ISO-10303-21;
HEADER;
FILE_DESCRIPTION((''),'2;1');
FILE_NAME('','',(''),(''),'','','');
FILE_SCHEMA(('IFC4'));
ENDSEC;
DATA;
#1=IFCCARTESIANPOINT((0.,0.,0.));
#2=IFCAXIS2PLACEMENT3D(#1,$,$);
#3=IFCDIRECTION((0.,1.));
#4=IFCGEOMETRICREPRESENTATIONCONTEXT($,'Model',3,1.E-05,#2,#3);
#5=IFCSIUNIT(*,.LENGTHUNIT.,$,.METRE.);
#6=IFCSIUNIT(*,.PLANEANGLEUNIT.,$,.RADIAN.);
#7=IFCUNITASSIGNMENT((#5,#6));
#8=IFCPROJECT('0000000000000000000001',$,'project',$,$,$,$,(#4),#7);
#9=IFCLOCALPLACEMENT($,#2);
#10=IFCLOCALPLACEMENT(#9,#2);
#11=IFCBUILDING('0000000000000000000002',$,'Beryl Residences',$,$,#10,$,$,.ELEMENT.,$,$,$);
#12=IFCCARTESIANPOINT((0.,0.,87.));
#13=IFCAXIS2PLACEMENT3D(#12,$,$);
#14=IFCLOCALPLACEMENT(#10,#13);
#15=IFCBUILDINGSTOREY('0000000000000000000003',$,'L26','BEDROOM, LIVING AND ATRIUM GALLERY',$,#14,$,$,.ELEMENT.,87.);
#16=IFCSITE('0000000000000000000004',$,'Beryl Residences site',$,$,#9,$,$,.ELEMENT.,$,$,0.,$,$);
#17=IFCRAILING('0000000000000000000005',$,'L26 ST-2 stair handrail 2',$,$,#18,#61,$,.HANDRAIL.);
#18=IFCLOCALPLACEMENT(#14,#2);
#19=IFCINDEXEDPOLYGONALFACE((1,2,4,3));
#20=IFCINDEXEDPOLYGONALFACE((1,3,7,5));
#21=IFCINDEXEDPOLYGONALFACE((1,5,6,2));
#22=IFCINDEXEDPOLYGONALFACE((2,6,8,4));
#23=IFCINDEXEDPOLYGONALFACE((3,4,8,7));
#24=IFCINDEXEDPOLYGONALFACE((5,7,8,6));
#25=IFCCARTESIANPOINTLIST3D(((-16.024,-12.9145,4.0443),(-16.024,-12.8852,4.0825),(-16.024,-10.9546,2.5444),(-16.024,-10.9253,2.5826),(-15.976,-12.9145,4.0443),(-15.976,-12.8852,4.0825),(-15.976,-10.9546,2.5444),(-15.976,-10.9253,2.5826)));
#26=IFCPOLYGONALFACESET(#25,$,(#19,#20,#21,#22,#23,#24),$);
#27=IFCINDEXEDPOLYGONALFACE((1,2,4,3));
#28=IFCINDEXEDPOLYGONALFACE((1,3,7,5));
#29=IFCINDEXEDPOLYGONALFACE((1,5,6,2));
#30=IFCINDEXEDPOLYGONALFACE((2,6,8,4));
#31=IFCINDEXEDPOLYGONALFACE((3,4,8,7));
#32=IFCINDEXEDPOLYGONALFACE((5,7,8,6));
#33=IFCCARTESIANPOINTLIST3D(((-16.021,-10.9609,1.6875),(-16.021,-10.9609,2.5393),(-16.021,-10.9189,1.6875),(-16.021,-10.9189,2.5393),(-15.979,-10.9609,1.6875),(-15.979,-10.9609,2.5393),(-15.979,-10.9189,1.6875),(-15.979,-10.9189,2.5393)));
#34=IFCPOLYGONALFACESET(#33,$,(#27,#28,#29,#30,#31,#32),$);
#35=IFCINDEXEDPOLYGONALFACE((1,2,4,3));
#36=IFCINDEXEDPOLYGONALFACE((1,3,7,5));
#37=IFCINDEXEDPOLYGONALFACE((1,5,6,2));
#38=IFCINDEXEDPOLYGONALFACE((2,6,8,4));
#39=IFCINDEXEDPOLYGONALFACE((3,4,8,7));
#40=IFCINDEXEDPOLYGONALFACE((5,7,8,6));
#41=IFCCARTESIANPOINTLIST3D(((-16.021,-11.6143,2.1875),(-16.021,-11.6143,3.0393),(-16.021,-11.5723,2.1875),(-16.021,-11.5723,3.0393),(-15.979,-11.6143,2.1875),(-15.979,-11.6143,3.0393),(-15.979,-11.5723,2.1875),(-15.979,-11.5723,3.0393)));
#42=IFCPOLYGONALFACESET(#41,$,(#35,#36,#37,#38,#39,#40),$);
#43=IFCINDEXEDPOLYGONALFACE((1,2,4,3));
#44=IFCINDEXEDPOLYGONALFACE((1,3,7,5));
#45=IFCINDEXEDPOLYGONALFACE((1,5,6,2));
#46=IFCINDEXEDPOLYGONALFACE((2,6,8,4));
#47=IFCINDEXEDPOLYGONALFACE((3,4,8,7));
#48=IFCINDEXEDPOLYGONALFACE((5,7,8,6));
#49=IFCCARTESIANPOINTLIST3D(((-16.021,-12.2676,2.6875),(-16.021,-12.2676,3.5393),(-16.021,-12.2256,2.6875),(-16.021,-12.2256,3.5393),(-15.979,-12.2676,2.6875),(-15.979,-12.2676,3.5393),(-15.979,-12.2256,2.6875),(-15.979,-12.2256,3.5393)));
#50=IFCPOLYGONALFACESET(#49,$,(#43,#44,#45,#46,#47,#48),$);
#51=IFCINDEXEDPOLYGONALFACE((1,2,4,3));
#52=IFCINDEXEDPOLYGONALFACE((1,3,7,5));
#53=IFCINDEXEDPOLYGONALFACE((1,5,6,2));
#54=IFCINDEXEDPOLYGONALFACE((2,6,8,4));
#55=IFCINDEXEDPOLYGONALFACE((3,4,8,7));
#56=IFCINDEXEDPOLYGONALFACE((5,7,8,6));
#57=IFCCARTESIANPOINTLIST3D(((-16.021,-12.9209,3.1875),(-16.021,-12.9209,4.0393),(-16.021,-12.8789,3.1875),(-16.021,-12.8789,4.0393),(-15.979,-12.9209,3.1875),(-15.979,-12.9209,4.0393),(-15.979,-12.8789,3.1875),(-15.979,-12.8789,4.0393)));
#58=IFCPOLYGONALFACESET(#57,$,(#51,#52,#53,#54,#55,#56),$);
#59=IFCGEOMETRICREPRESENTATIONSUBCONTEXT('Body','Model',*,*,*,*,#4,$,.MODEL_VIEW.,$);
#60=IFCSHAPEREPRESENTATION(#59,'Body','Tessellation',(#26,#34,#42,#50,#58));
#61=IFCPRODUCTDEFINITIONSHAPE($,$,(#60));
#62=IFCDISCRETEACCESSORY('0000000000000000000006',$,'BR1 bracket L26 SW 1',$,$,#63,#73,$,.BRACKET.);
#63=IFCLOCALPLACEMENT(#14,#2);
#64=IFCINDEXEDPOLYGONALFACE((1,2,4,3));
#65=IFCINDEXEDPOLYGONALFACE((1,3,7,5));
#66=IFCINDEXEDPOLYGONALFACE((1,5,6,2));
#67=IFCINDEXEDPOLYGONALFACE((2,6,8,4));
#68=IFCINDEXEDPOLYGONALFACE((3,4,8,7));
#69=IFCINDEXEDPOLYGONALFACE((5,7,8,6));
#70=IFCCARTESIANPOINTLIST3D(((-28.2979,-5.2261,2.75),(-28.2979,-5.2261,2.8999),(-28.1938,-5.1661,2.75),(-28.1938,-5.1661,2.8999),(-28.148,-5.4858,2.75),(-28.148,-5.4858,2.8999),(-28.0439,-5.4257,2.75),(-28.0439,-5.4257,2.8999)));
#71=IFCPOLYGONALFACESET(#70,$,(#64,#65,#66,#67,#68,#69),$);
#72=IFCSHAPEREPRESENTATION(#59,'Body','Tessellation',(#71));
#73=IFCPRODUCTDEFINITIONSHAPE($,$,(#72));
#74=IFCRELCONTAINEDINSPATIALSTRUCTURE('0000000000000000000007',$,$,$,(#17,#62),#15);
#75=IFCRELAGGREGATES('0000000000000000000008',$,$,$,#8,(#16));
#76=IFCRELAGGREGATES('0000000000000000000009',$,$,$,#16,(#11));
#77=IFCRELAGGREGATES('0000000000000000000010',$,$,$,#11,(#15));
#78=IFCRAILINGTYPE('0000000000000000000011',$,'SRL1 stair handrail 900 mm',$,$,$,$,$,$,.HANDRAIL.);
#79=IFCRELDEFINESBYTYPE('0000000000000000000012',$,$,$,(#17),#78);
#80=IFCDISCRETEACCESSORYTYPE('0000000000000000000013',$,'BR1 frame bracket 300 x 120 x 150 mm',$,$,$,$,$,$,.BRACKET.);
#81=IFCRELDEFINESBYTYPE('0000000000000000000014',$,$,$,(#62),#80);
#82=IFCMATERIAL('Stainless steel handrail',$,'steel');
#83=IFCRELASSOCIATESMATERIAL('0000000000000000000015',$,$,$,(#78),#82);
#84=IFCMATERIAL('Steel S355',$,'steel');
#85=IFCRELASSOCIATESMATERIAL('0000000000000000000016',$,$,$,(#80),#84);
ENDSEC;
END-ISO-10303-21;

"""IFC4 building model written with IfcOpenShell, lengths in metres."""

from ifc_helpers import new_model, si_unit, direction, frame, origin, origin_2d, place, context, subcontext, project, spatial, polyline, rectangle, outline, extrude, source, transform, mapped, material, type_object, type_shapes, element, save


model = new_model("IFC4")

# Units and contexts
model_context = context("Model", 3, precision=1e-05, world=origin(), true_north=direction((0.0, 1.0)))
body_context = subcontext(model_context, "Body", "Model", "MODEL_VIEW")
ifc_project = project(units=[si_unit("LENGTHUNIT", "METRE"), si_unit("PLANEANGLEUNIT", "RADIAN")], contexts=[model_context])

# Site, building, storey
site_placement = place(None, origin())
site = spatial("IfcSite", under=ifc_project, at=site_placement, Name="Beryl Residences site", CompositionType="ELEMENT", RefElevation=0.0)
building_placement = place(site_placement, origin())
building = spatial("IfcBuilding", under=site, at=building_placement, Name="Beryl Residences", CompositionType="ELEMENT")
storey_placement = place(building_placement, frame((0.0, 0.0, 87.0)))
storey = spatial("IfcBuildingStorey", under=building, at=storey_placement, Name="L26", Description="BEDROOM, LIVING AND ATRIUM GALLERY", CompositionType="ELEMENT", Elevation=87.0)

# Railing
ifc_material_1 = material(Name="Stainless steel handrail", Category="steel")
railing_type_1 = type_object("IfcRailingType", Name="SRL1 stair handrail 900 mm", PredefinedType="HANDRAIL", material=ifc_material_1)
railing_1_placement = place(storey_placement, frame((-16.0, -10.9399, 1.6875)))
element("IfcRailing", 1, at=railing_1_placement, inside=storey, type_object=railing_type_1, Name="L26 ST-2 stair handrail 2", PredefinedType="HANDRAIL", context=body_context, shape_type="SweptSolid", body=[
    extrude(rectangle(XDim=0.0481, YDim=0.0481, at=origin_2d()), frame((0.0, 0.0, 0.876), z_axis=(0.0, -0.794122, 0.607758), x_axis=(1.0, 0.0, 0.0)), (0.0, 0.0, 1.0), 2.468),
    extrude(rectangle(XDim=0.042, YDim=0.042, at=origin_2d()), origin(), (0.0, 0.0, 1.0), 0.8518),
    extrude(rectangle(XDim=0.042, YDim=0.042, at=origin_2d()), frame((0.0, -0.6533, 0.5)), (0.0, 0.0, 1.0), 0.8518),
    extrude(rectangle(XDim=0.042, YDim=0.042, at=origin_2d()), frame((0.0, -1.3066, 1.0)), (0.0, 0.0, 1.0), 0.8518),
    extrude(rectangle(XDim=0.042, YDim=0.042, at=origin_2d()), frame((0.0, -1.96, 1.5)), (0.0, 0.0, 1.0), 0.8518),
])

# Discrete accessory
ifc_material_2 = material(Name="Steel S355", Category="steel")
discrete_accessory_type = type_object("IfcDiscreteAccessoryType", Name="BR1 frame bracket 300 x 120 x 150 mm", PredefinedType="BRACKET", material=ifc_material_2)
shared_shape_1 = source(origin(), body_context, "Body", "SweptSolid", [
    extrude(outline(polyline([(-0.1499, 0.0), (0.1499, 0.0), (0.1499, 0.1201), (-0.1499, 0.1201), (-0.1499, 0.0)])), origin(), (0.0, 0.0, 1.0), 0.1499),
])
type_shapes(discrete_accessory_type, [shared_shape_1])
discrete_accessory_placement = place(storey_placement, frame((-28.1189, -5.2959, 2.75), z_axis=(0.0, 0.0, 1.0), x_axis=(-0.5, 0.866025, 0.0)))
element("IfcDiscreteAccessory", 2, at=discrete_accessory_placement, inside=storey, type_object=discrete_accessory_type, Name="BR1 bracket L26 SW 1", PredefinedType="BRACKET", context=body_context, shape_type="MappedRepresentation", body=[
    mapped(shared_shape_1, transform((0.0, 0.0, 0.0))),
])

save(model, "model.ifc")
